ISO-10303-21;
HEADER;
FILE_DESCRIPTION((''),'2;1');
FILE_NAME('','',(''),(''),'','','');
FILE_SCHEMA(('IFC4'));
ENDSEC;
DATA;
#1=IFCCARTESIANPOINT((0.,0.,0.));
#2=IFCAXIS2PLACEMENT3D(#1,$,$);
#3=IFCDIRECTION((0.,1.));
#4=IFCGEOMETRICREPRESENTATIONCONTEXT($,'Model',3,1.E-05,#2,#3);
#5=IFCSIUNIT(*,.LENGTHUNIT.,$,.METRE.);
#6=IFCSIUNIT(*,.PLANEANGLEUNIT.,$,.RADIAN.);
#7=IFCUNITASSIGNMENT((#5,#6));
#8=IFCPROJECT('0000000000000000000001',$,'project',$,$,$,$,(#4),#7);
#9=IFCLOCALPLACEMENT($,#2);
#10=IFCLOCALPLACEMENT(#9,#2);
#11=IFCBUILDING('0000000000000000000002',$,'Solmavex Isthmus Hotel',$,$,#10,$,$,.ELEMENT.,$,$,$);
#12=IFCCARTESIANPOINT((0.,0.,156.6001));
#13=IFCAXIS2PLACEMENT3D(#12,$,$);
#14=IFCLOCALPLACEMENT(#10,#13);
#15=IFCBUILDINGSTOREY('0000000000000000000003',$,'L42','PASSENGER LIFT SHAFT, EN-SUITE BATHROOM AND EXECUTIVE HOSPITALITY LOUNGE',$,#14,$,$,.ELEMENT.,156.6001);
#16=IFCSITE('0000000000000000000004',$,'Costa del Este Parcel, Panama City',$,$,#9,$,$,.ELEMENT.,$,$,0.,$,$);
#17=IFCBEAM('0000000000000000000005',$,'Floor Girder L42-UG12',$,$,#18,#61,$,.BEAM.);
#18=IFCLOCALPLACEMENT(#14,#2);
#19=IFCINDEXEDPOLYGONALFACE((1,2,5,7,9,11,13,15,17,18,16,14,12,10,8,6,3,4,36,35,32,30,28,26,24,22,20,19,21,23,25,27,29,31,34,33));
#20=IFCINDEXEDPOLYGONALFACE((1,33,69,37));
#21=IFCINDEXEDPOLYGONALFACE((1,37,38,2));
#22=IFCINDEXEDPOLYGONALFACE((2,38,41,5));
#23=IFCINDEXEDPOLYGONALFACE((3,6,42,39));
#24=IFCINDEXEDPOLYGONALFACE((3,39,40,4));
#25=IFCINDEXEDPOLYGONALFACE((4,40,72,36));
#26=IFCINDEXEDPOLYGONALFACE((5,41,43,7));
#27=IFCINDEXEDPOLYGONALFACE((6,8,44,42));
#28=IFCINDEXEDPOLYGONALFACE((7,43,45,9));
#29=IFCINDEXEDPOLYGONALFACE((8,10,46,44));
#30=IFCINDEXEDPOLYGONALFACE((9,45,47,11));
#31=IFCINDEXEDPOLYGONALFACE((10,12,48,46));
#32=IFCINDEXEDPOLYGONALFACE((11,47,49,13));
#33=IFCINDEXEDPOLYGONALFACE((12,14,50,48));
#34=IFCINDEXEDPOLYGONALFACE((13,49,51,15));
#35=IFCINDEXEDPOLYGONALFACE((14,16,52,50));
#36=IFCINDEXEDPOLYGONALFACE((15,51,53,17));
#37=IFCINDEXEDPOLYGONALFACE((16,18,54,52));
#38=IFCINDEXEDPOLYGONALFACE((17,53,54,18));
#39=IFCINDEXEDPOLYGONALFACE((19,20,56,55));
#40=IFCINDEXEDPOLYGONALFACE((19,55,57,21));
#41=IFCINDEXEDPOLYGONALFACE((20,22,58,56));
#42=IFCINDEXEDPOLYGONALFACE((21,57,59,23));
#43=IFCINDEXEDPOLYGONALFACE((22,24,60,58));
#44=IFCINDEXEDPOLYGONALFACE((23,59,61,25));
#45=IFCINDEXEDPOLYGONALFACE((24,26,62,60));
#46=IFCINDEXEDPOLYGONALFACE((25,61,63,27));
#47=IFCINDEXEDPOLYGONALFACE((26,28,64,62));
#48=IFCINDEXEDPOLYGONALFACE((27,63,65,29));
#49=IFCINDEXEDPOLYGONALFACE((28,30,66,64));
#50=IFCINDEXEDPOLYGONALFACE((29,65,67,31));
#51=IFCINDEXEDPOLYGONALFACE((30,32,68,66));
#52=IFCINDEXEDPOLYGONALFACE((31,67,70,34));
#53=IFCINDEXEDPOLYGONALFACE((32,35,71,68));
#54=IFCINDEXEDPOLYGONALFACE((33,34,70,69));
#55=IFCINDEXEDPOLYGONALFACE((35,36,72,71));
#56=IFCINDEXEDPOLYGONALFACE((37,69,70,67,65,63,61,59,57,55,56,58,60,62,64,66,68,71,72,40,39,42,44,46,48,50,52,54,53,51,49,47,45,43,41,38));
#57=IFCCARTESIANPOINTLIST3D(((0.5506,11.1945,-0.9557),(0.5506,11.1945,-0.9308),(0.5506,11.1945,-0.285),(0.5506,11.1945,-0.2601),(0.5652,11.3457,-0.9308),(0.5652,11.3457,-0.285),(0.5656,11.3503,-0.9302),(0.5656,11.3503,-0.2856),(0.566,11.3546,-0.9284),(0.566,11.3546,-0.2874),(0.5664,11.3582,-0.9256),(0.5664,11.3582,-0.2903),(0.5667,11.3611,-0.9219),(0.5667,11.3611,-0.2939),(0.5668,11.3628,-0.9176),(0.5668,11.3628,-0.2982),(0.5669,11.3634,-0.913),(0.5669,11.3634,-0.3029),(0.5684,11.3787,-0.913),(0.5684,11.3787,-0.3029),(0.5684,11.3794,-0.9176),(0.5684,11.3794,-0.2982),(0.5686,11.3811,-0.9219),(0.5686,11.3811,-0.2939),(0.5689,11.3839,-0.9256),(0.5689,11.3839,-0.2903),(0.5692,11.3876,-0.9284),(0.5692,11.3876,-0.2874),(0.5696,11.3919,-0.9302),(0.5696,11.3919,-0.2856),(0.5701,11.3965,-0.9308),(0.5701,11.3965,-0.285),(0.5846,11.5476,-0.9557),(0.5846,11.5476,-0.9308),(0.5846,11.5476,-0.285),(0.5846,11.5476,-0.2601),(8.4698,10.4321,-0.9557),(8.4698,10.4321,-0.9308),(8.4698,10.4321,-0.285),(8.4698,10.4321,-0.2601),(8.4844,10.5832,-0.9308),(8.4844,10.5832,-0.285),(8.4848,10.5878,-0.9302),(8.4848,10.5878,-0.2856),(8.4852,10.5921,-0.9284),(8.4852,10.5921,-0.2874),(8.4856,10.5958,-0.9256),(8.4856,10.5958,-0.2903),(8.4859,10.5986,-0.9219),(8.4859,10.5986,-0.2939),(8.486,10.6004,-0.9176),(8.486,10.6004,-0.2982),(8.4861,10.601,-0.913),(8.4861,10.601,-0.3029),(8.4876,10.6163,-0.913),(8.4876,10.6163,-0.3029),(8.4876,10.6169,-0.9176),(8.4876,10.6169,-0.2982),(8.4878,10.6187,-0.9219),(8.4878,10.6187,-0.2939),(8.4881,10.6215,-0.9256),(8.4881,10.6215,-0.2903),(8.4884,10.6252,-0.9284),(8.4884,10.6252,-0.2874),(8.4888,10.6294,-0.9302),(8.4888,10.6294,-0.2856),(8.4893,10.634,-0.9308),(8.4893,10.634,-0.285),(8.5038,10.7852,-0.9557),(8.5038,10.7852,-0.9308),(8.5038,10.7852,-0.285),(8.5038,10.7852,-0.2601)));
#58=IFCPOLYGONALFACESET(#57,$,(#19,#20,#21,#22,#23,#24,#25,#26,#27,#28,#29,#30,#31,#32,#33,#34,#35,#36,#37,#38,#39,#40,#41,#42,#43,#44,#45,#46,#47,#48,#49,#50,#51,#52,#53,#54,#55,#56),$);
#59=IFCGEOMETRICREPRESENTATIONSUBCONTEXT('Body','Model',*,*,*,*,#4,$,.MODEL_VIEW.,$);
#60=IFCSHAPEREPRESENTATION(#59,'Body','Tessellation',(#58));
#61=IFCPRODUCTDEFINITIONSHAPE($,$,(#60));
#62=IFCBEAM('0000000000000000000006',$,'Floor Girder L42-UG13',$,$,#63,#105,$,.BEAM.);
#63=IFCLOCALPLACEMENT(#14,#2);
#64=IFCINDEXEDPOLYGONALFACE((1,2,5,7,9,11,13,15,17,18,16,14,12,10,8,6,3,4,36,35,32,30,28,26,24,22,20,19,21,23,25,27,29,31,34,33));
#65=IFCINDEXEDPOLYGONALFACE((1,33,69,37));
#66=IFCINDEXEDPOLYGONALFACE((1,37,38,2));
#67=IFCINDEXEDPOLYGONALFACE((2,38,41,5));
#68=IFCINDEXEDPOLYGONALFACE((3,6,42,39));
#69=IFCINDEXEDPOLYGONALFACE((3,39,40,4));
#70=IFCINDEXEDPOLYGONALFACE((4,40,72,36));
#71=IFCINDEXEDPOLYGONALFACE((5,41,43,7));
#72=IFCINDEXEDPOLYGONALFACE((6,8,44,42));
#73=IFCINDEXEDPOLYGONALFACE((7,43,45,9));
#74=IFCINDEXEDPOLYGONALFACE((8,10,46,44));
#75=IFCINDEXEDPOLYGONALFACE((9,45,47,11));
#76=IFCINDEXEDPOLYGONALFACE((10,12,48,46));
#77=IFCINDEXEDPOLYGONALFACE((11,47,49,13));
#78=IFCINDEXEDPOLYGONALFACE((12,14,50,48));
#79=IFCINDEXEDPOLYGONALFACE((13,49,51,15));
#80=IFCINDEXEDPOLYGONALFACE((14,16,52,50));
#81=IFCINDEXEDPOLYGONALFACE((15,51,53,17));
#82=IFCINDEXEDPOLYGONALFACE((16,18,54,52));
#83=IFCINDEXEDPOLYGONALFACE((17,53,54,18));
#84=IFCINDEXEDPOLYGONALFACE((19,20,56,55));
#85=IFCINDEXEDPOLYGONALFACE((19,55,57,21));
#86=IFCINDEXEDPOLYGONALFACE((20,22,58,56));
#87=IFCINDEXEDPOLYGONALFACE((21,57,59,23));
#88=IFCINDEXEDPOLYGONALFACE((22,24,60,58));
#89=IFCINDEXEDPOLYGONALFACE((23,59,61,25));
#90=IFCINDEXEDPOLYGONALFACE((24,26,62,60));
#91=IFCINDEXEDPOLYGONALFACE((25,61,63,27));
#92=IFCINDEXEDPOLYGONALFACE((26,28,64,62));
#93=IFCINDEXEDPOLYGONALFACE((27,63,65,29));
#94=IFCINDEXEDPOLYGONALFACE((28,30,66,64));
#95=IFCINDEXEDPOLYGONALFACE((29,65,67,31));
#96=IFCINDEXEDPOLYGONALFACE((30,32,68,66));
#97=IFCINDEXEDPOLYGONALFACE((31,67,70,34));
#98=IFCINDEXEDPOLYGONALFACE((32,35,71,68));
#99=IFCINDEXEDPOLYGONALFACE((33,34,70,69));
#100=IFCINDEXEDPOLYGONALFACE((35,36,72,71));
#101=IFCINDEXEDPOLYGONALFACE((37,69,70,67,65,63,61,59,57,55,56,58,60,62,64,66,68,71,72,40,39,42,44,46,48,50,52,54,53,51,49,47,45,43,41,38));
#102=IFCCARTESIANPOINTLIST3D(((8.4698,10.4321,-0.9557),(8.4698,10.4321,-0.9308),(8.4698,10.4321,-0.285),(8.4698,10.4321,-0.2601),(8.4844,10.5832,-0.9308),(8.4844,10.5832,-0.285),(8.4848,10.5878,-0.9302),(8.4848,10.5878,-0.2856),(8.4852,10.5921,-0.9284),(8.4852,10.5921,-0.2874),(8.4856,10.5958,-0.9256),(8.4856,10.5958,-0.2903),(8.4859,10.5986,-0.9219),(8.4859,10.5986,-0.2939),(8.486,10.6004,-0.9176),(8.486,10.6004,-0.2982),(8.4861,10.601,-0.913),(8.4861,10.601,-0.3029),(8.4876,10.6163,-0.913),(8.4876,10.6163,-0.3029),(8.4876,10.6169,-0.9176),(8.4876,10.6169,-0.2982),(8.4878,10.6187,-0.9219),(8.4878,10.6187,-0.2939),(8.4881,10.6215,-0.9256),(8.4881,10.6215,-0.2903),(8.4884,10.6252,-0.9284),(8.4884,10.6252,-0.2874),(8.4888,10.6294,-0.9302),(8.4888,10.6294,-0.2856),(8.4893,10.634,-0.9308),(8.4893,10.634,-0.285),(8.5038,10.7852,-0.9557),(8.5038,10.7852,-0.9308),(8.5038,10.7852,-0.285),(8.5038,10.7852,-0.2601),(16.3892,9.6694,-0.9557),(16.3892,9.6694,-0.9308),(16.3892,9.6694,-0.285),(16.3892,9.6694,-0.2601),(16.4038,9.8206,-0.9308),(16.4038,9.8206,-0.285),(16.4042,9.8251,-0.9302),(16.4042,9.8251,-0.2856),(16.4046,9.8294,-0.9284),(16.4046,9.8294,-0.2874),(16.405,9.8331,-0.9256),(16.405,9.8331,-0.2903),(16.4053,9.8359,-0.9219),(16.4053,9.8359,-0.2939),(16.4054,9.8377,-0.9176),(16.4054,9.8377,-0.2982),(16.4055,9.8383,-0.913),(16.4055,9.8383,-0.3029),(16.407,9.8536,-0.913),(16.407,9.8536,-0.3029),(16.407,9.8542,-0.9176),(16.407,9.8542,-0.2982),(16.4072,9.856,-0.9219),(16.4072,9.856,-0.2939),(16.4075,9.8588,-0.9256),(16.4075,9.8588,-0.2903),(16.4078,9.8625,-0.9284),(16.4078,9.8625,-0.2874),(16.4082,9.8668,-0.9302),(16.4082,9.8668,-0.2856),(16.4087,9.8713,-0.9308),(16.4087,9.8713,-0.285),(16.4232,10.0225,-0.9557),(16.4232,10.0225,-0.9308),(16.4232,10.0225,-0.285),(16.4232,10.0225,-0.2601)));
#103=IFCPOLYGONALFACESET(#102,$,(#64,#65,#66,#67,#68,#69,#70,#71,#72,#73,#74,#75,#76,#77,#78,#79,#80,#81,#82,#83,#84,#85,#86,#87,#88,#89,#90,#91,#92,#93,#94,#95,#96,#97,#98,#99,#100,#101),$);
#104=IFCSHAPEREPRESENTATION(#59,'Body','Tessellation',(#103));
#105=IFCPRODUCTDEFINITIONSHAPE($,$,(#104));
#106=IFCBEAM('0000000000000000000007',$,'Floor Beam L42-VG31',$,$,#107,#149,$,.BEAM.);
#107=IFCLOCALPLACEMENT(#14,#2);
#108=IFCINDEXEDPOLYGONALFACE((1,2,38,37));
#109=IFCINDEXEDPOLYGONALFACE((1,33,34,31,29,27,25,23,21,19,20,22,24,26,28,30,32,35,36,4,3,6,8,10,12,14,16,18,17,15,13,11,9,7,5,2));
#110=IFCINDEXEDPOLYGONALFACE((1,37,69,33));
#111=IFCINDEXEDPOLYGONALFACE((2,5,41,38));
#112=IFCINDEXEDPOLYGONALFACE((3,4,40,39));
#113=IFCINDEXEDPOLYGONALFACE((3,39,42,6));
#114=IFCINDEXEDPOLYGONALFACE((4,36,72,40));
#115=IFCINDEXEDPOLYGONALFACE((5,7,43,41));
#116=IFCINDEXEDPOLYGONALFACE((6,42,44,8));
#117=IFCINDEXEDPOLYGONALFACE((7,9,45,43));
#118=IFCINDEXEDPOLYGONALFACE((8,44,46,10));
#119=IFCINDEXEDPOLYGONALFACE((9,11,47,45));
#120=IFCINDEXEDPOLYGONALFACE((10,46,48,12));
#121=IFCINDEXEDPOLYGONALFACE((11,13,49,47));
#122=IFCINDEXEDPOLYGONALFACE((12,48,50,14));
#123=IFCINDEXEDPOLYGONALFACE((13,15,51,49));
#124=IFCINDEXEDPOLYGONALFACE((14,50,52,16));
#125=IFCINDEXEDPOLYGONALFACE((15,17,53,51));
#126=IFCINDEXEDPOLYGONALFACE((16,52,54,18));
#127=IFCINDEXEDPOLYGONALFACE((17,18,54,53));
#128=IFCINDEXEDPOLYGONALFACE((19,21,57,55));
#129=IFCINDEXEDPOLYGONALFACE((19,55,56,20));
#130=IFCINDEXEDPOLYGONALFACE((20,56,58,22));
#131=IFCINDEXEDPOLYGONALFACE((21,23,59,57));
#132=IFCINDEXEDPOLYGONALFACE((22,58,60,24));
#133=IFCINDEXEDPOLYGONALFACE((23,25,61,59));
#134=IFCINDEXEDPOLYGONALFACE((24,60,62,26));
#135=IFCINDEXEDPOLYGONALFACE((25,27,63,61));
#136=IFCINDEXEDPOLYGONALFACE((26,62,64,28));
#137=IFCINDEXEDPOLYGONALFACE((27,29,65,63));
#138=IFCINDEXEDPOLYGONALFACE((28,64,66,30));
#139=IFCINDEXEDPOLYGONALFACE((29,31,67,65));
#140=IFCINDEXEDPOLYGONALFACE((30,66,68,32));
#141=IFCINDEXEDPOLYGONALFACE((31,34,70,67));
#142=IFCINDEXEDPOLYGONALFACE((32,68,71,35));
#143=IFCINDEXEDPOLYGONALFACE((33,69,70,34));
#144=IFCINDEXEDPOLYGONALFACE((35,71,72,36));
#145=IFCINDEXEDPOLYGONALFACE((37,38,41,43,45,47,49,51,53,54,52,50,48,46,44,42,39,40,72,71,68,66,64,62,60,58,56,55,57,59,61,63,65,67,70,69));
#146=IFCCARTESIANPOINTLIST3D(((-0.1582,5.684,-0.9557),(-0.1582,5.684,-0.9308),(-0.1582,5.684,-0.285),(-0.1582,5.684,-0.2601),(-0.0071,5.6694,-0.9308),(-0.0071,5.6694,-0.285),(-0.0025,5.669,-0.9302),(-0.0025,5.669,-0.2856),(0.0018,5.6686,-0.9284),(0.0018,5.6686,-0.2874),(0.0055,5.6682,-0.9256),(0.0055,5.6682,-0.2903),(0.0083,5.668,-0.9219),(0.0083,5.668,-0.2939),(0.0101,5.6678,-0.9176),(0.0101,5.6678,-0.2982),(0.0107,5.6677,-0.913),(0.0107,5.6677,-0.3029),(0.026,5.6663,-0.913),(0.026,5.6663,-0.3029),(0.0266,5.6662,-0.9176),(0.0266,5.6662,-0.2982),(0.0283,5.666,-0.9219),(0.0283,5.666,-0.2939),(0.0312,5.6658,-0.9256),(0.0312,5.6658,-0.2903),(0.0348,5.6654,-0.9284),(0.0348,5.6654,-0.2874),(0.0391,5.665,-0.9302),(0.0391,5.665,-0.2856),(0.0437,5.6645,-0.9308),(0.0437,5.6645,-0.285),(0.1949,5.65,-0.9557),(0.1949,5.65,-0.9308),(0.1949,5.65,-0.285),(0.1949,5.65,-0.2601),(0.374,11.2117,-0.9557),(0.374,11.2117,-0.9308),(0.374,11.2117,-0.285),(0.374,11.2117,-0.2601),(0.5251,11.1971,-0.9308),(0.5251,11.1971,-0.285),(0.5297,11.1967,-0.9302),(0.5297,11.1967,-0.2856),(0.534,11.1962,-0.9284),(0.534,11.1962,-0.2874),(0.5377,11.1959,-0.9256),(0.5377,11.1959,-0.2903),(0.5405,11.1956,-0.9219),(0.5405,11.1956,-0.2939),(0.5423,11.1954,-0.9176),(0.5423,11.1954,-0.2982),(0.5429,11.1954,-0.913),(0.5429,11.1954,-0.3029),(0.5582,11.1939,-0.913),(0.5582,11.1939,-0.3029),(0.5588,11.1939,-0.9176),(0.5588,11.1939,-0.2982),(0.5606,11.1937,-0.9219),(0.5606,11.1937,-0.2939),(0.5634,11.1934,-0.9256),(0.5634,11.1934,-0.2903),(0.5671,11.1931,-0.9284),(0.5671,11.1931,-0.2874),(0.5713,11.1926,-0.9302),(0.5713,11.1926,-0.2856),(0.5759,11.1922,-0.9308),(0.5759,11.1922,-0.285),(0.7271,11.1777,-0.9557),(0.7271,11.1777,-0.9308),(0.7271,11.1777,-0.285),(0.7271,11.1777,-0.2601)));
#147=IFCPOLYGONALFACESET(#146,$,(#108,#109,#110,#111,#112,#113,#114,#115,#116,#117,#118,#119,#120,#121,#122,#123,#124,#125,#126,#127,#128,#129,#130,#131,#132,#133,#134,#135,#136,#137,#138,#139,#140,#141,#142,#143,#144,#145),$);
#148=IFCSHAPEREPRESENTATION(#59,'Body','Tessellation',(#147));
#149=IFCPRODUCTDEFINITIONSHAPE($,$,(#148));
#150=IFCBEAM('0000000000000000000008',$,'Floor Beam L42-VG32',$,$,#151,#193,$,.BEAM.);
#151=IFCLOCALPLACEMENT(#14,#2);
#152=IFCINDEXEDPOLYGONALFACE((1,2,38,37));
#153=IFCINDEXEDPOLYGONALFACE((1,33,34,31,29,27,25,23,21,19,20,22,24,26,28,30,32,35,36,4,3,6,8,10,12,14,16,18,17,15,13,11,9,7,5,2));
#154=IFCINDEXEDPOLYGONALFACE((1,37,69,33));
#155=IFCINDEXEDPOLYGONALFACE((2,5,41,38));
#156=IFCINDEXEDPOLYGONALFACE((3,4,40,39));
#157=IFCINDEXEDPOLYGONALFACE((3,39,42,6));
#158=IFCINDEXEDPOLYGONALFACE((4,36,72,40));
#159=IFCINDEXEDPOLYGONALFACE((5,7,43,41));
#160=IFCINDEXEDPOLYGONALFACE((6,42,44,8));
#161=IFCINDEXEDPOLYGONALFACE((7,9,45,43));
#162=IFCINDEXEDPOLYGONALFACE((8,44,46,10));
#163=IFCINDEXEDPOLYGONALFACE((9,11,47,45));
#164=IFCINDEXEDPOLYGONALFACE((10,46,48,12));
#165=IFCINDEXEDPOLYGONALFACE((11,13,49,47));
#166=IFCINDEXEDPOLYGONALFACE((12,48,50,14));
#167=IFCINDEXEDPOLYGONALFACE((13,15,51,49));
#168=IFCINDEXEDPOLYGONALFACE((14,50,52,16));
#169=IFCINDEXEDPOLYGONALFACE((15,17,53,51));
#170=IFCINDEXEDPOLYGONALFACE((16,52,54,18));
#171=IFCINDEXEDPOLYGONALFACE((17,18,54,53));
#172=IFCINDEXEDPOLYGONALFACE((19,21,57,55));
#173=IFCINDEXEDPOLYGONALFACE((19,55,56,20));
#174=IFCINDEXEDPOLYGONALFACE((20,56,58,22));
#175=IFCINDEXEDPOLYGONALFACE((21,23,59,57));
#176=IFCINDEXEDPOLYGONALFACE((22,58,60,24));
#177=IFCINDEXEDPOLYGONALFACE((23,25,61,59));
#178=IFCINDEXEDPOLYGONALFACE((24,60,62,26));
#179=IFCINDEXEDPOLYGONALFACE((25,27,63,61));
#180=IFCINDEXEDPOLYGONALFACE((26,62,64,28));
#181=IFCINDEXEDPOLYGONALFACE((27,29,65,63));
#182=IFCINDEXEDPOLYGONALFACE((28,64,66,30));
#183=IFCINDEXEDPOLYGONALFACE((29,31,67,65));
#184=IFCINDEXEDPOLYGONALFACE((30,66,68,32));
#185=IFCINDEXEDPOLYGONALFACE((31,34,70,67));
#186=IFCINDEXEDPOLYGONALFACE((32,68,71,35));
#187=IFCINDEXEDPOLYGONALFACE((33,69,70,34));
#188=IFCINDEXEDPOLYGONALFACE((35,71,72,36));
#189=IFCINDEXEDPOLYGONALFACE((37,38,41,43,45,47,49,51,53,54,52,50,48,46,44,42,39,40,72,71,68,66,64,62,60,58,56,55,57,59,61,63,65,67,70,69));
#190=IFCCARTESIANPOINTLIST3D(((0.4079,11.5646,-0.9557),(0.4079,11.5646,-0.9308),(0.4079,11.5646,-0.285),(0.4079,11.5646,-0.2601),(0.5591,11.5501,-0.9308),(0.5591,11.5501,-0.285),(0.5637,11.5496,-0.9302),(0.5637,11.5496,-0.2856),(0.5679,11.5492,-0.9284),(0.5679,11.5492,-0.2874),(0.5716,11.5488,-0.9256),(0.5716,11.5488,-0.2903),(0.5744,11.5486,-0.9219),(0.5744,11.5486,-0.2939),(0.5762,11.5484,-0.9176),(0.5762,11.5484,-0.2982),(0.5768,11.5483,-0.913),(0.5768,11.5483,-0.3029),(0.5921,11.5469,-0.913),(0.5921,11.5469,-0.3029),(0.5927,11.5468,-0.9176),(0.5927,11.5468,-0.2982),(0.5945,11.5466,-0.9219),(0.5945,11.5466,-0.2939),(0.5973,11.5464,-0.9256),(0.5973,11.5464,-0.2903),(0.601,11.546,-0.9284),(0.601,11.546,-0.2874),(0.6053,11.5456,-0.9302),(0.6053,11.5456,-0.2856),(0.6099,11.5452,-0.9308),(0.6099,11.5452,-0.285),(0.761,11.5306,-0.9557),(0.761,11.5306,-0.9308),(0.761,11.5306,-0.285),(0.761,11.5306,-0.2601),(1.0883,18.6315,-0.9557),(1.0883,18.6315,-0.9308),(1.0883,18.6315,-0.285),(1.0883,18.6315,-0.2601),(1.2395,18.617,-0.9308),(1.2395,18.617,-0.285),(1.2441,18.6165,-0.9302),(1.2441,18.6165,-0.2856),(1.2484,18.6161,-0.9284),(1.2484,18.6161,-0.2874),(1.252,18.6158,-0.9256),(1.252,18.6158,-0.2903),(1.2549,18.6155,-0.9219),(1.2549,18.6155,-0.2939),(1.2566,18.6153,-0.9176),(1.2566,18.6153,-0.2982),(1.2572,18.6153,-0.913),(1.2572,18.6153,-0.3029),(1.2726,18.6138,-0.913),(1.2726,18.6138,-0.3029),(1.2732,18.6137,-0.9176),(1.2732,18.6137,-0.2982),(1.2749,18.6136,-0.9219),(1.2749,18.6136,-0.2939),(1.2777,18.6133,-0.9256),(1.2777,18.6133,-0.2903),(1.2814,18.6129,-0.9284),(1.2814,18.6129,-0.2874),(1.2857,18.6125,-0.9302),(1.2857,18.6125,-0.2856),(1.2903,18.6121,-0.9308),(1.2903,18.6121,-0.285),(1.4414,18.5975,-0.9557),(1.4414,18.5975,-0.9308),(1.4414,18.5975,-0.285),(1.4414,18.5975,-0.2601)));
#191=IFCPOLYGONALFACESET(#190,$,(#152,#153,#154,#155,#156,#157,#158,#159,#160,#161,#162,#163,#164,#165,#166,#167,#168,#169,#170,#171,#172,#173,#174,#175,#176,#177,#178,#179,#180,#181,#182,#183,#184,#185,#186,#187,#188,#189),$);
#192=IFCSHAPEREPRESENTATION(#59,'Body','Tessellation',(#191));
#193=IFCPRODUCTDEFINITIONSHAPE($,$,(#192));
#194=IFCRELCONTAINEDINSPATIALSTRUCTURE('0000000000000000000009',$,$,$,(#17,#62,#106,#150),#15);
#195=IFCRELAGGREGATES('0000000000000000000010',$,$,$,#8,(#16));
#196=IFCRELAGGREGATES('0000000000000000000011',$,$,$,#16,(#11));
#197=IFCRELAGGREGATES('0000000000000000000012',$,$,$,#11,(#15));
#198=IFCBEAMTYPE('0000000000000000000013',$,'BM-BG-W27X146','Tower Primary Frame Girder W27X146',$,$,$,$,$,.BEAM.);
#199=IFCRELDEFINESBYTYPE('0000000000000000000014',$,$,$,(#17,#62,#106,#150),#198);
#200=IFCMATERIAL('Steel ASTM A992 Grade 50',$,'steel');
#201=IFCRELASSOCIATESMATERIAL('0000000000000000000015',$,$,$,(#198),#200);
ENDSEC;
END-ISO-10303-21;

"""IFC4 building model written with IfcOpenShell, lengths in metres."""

from ifc_helpers import new_model, si_unit, direction, frame, origin, origin_2d, place, context, subcontext, project, spatial, i_section, extrude, material, material_profile, profile_set, type_object, element, save


model = new_model("IFC4")

# Units and contexts
model_context = context("Model", 3, precision=1e-05, world=origin(), true_north=direction((0.0, 1.0)))
body_context = subcontext(model_context, "Body", "Model", "MODEL_VIEW")
ifc_project = project(units=[si_unit("LENGTHUNIT", "METRE"), si_unit("PLANEANGLEUNIT", "RADIAN")], contexts=[model_context])

# Site, building, storey
site_placement = place(None, origin())
site = spatial("IfcSite", under=ifc_project, at=site_placement, Name="Costa del Este Parcel, Panama City", CompositionType="ELEMENT", RefElevation=0.0)
building_placement = place(site_placement, origin())
building = spatial("IfcBuilding", under=site, at=building_placement, Name="Solmavex Isthmus Hotel", CompositionType="ELEMENT")
storey_placement = place(building_placement, frame((0.0, 0.0, 156.6001)))
storey = spatial("IfcBuildingStorey", under=building, at=storey_placement, Name="L42", Description="PASSENGER LIFT SHAFT, EN-SUITE BATHROOM AND EXECUTIVE HOSPITALITY LOUNGE", CompositionType="ELEMENT", Elevation=156.6001)

# Beams
ifc_material_1 = material(Name="Steel ASTM A992 Grade 50", Category="steel")
ifc_material_profile_1 = material_profile(ifc_material_1, i_section(OverallWidth=0.3547, OverallDepth=0.6956, WebThickness=0.0154, FlangeThickness=0.0249, FilletRadius=0.0178, at=origin_2d()), Name="W27X146")
ifc_profile_set_1 = profile_set([ifc_material_profile_1], Name="Steel ASTM A992 Grade 50")
beam_type_1 = type_object("IfcBeamType", Name="BM-BG-W27X146", Description="Tower Primary Frame Girder W27X146", PredefinedType="BEAM", material=ifc_profile_set_1)
beam_1_placement = place(storey_placement, frame((0.5676, 11.3711, -0.6079), z_axis=(0.995397, -0.095836, 0.0), x_axis=(0.095836, 0.995397, 0.0)))
element("IfcBeam", 1, at=beam_1_placement, inside=storey, type_object=beam_type_1, Name="Floor Girder L42-UG12", PredefinedType="BEAM", context=body_context, shape_type="SweptSolid", body=[
    extrude(i_section(OverallWidth=0.3547, OverallDepth=0.6956, WebThickness=0.0154, FlangeThickness=0.0249, FilletRadius=0.0178, at=origin_2d()), origin(), (0.0, 0.0, 1.0), 7.9558),
])
beam_2_placement = place(storey_placement, frame((8.4868, 10.6086, -0.6079), z_axis=(0.995395, -0.095863, 0.0), x_axis=(0.095863, 0.995395, 0.0)))
element("IfcBeam", 2, at=beam_2_placement, inside=storey, type_object=beam_type_1, Name="Floor Girder L42-UG13", PredefinedType="BEAM", context=body_context, shape_type="SweptSolid", body=[
    extrude(i_section(OverallWidth=0.3547, OverallDepth=0.6956, WebThickness=0.0154, FlangeThickness=0.0249, FilletRadius=0.0178, at=origin_2d()), origin(), (0.0, 0.0, 1.0), 7.9561),
])
beam_3_placement = place(storey_placement, frame((0.0183, 5.667, -0.6079), z_axis=(0.095842, 0.995397, 0.0), x_axis=(-0.995397, 0.095842, 0.0)))
element("IfcBeam", 3, at=beam_3_placement, inside=storey, type_object=beam_type_1, Name="Floor Beam L42-VG31", PredefinedType="BEAM", context=body_context, shape_type="SweptSolid", body=[
    extrude(i_section(OverallWidth=0.3547, OverallDepth=0.6956, WebThickness=0.0154, FlangeThickness=0.0249, FilletRadius=0.0178, at=origin_2d()), origin(), (0.0, 0.0, 1.0), 5.5532),
])
beam_4_placement = place(storey_placement, frame((0.5845, 11.5476, -0.6079), z_axis=(0.09584, 0.995397, 0.0), x_axis=(-0.995397, 0.09584, 0.0)))
element("IfcBeam", 4, at=beam_4_placement, inside=storey, type_object=beam_type_1, Name="Floor Beam L42-VG32", PredefinedType="BEAM", context=body_context, shape_type="SweptSolid", body=[
    extrude(i_section(OverallWidth=0.3547, OverallDepth=0.6956, WebThickness=0.0154, FlangeThickness=0.0249, FilletRadius=0.0178, at=origin_2d()), origin(), (0.0, 0.0, 1.0), 7.0996),
])

save(model, "model.ifc")
